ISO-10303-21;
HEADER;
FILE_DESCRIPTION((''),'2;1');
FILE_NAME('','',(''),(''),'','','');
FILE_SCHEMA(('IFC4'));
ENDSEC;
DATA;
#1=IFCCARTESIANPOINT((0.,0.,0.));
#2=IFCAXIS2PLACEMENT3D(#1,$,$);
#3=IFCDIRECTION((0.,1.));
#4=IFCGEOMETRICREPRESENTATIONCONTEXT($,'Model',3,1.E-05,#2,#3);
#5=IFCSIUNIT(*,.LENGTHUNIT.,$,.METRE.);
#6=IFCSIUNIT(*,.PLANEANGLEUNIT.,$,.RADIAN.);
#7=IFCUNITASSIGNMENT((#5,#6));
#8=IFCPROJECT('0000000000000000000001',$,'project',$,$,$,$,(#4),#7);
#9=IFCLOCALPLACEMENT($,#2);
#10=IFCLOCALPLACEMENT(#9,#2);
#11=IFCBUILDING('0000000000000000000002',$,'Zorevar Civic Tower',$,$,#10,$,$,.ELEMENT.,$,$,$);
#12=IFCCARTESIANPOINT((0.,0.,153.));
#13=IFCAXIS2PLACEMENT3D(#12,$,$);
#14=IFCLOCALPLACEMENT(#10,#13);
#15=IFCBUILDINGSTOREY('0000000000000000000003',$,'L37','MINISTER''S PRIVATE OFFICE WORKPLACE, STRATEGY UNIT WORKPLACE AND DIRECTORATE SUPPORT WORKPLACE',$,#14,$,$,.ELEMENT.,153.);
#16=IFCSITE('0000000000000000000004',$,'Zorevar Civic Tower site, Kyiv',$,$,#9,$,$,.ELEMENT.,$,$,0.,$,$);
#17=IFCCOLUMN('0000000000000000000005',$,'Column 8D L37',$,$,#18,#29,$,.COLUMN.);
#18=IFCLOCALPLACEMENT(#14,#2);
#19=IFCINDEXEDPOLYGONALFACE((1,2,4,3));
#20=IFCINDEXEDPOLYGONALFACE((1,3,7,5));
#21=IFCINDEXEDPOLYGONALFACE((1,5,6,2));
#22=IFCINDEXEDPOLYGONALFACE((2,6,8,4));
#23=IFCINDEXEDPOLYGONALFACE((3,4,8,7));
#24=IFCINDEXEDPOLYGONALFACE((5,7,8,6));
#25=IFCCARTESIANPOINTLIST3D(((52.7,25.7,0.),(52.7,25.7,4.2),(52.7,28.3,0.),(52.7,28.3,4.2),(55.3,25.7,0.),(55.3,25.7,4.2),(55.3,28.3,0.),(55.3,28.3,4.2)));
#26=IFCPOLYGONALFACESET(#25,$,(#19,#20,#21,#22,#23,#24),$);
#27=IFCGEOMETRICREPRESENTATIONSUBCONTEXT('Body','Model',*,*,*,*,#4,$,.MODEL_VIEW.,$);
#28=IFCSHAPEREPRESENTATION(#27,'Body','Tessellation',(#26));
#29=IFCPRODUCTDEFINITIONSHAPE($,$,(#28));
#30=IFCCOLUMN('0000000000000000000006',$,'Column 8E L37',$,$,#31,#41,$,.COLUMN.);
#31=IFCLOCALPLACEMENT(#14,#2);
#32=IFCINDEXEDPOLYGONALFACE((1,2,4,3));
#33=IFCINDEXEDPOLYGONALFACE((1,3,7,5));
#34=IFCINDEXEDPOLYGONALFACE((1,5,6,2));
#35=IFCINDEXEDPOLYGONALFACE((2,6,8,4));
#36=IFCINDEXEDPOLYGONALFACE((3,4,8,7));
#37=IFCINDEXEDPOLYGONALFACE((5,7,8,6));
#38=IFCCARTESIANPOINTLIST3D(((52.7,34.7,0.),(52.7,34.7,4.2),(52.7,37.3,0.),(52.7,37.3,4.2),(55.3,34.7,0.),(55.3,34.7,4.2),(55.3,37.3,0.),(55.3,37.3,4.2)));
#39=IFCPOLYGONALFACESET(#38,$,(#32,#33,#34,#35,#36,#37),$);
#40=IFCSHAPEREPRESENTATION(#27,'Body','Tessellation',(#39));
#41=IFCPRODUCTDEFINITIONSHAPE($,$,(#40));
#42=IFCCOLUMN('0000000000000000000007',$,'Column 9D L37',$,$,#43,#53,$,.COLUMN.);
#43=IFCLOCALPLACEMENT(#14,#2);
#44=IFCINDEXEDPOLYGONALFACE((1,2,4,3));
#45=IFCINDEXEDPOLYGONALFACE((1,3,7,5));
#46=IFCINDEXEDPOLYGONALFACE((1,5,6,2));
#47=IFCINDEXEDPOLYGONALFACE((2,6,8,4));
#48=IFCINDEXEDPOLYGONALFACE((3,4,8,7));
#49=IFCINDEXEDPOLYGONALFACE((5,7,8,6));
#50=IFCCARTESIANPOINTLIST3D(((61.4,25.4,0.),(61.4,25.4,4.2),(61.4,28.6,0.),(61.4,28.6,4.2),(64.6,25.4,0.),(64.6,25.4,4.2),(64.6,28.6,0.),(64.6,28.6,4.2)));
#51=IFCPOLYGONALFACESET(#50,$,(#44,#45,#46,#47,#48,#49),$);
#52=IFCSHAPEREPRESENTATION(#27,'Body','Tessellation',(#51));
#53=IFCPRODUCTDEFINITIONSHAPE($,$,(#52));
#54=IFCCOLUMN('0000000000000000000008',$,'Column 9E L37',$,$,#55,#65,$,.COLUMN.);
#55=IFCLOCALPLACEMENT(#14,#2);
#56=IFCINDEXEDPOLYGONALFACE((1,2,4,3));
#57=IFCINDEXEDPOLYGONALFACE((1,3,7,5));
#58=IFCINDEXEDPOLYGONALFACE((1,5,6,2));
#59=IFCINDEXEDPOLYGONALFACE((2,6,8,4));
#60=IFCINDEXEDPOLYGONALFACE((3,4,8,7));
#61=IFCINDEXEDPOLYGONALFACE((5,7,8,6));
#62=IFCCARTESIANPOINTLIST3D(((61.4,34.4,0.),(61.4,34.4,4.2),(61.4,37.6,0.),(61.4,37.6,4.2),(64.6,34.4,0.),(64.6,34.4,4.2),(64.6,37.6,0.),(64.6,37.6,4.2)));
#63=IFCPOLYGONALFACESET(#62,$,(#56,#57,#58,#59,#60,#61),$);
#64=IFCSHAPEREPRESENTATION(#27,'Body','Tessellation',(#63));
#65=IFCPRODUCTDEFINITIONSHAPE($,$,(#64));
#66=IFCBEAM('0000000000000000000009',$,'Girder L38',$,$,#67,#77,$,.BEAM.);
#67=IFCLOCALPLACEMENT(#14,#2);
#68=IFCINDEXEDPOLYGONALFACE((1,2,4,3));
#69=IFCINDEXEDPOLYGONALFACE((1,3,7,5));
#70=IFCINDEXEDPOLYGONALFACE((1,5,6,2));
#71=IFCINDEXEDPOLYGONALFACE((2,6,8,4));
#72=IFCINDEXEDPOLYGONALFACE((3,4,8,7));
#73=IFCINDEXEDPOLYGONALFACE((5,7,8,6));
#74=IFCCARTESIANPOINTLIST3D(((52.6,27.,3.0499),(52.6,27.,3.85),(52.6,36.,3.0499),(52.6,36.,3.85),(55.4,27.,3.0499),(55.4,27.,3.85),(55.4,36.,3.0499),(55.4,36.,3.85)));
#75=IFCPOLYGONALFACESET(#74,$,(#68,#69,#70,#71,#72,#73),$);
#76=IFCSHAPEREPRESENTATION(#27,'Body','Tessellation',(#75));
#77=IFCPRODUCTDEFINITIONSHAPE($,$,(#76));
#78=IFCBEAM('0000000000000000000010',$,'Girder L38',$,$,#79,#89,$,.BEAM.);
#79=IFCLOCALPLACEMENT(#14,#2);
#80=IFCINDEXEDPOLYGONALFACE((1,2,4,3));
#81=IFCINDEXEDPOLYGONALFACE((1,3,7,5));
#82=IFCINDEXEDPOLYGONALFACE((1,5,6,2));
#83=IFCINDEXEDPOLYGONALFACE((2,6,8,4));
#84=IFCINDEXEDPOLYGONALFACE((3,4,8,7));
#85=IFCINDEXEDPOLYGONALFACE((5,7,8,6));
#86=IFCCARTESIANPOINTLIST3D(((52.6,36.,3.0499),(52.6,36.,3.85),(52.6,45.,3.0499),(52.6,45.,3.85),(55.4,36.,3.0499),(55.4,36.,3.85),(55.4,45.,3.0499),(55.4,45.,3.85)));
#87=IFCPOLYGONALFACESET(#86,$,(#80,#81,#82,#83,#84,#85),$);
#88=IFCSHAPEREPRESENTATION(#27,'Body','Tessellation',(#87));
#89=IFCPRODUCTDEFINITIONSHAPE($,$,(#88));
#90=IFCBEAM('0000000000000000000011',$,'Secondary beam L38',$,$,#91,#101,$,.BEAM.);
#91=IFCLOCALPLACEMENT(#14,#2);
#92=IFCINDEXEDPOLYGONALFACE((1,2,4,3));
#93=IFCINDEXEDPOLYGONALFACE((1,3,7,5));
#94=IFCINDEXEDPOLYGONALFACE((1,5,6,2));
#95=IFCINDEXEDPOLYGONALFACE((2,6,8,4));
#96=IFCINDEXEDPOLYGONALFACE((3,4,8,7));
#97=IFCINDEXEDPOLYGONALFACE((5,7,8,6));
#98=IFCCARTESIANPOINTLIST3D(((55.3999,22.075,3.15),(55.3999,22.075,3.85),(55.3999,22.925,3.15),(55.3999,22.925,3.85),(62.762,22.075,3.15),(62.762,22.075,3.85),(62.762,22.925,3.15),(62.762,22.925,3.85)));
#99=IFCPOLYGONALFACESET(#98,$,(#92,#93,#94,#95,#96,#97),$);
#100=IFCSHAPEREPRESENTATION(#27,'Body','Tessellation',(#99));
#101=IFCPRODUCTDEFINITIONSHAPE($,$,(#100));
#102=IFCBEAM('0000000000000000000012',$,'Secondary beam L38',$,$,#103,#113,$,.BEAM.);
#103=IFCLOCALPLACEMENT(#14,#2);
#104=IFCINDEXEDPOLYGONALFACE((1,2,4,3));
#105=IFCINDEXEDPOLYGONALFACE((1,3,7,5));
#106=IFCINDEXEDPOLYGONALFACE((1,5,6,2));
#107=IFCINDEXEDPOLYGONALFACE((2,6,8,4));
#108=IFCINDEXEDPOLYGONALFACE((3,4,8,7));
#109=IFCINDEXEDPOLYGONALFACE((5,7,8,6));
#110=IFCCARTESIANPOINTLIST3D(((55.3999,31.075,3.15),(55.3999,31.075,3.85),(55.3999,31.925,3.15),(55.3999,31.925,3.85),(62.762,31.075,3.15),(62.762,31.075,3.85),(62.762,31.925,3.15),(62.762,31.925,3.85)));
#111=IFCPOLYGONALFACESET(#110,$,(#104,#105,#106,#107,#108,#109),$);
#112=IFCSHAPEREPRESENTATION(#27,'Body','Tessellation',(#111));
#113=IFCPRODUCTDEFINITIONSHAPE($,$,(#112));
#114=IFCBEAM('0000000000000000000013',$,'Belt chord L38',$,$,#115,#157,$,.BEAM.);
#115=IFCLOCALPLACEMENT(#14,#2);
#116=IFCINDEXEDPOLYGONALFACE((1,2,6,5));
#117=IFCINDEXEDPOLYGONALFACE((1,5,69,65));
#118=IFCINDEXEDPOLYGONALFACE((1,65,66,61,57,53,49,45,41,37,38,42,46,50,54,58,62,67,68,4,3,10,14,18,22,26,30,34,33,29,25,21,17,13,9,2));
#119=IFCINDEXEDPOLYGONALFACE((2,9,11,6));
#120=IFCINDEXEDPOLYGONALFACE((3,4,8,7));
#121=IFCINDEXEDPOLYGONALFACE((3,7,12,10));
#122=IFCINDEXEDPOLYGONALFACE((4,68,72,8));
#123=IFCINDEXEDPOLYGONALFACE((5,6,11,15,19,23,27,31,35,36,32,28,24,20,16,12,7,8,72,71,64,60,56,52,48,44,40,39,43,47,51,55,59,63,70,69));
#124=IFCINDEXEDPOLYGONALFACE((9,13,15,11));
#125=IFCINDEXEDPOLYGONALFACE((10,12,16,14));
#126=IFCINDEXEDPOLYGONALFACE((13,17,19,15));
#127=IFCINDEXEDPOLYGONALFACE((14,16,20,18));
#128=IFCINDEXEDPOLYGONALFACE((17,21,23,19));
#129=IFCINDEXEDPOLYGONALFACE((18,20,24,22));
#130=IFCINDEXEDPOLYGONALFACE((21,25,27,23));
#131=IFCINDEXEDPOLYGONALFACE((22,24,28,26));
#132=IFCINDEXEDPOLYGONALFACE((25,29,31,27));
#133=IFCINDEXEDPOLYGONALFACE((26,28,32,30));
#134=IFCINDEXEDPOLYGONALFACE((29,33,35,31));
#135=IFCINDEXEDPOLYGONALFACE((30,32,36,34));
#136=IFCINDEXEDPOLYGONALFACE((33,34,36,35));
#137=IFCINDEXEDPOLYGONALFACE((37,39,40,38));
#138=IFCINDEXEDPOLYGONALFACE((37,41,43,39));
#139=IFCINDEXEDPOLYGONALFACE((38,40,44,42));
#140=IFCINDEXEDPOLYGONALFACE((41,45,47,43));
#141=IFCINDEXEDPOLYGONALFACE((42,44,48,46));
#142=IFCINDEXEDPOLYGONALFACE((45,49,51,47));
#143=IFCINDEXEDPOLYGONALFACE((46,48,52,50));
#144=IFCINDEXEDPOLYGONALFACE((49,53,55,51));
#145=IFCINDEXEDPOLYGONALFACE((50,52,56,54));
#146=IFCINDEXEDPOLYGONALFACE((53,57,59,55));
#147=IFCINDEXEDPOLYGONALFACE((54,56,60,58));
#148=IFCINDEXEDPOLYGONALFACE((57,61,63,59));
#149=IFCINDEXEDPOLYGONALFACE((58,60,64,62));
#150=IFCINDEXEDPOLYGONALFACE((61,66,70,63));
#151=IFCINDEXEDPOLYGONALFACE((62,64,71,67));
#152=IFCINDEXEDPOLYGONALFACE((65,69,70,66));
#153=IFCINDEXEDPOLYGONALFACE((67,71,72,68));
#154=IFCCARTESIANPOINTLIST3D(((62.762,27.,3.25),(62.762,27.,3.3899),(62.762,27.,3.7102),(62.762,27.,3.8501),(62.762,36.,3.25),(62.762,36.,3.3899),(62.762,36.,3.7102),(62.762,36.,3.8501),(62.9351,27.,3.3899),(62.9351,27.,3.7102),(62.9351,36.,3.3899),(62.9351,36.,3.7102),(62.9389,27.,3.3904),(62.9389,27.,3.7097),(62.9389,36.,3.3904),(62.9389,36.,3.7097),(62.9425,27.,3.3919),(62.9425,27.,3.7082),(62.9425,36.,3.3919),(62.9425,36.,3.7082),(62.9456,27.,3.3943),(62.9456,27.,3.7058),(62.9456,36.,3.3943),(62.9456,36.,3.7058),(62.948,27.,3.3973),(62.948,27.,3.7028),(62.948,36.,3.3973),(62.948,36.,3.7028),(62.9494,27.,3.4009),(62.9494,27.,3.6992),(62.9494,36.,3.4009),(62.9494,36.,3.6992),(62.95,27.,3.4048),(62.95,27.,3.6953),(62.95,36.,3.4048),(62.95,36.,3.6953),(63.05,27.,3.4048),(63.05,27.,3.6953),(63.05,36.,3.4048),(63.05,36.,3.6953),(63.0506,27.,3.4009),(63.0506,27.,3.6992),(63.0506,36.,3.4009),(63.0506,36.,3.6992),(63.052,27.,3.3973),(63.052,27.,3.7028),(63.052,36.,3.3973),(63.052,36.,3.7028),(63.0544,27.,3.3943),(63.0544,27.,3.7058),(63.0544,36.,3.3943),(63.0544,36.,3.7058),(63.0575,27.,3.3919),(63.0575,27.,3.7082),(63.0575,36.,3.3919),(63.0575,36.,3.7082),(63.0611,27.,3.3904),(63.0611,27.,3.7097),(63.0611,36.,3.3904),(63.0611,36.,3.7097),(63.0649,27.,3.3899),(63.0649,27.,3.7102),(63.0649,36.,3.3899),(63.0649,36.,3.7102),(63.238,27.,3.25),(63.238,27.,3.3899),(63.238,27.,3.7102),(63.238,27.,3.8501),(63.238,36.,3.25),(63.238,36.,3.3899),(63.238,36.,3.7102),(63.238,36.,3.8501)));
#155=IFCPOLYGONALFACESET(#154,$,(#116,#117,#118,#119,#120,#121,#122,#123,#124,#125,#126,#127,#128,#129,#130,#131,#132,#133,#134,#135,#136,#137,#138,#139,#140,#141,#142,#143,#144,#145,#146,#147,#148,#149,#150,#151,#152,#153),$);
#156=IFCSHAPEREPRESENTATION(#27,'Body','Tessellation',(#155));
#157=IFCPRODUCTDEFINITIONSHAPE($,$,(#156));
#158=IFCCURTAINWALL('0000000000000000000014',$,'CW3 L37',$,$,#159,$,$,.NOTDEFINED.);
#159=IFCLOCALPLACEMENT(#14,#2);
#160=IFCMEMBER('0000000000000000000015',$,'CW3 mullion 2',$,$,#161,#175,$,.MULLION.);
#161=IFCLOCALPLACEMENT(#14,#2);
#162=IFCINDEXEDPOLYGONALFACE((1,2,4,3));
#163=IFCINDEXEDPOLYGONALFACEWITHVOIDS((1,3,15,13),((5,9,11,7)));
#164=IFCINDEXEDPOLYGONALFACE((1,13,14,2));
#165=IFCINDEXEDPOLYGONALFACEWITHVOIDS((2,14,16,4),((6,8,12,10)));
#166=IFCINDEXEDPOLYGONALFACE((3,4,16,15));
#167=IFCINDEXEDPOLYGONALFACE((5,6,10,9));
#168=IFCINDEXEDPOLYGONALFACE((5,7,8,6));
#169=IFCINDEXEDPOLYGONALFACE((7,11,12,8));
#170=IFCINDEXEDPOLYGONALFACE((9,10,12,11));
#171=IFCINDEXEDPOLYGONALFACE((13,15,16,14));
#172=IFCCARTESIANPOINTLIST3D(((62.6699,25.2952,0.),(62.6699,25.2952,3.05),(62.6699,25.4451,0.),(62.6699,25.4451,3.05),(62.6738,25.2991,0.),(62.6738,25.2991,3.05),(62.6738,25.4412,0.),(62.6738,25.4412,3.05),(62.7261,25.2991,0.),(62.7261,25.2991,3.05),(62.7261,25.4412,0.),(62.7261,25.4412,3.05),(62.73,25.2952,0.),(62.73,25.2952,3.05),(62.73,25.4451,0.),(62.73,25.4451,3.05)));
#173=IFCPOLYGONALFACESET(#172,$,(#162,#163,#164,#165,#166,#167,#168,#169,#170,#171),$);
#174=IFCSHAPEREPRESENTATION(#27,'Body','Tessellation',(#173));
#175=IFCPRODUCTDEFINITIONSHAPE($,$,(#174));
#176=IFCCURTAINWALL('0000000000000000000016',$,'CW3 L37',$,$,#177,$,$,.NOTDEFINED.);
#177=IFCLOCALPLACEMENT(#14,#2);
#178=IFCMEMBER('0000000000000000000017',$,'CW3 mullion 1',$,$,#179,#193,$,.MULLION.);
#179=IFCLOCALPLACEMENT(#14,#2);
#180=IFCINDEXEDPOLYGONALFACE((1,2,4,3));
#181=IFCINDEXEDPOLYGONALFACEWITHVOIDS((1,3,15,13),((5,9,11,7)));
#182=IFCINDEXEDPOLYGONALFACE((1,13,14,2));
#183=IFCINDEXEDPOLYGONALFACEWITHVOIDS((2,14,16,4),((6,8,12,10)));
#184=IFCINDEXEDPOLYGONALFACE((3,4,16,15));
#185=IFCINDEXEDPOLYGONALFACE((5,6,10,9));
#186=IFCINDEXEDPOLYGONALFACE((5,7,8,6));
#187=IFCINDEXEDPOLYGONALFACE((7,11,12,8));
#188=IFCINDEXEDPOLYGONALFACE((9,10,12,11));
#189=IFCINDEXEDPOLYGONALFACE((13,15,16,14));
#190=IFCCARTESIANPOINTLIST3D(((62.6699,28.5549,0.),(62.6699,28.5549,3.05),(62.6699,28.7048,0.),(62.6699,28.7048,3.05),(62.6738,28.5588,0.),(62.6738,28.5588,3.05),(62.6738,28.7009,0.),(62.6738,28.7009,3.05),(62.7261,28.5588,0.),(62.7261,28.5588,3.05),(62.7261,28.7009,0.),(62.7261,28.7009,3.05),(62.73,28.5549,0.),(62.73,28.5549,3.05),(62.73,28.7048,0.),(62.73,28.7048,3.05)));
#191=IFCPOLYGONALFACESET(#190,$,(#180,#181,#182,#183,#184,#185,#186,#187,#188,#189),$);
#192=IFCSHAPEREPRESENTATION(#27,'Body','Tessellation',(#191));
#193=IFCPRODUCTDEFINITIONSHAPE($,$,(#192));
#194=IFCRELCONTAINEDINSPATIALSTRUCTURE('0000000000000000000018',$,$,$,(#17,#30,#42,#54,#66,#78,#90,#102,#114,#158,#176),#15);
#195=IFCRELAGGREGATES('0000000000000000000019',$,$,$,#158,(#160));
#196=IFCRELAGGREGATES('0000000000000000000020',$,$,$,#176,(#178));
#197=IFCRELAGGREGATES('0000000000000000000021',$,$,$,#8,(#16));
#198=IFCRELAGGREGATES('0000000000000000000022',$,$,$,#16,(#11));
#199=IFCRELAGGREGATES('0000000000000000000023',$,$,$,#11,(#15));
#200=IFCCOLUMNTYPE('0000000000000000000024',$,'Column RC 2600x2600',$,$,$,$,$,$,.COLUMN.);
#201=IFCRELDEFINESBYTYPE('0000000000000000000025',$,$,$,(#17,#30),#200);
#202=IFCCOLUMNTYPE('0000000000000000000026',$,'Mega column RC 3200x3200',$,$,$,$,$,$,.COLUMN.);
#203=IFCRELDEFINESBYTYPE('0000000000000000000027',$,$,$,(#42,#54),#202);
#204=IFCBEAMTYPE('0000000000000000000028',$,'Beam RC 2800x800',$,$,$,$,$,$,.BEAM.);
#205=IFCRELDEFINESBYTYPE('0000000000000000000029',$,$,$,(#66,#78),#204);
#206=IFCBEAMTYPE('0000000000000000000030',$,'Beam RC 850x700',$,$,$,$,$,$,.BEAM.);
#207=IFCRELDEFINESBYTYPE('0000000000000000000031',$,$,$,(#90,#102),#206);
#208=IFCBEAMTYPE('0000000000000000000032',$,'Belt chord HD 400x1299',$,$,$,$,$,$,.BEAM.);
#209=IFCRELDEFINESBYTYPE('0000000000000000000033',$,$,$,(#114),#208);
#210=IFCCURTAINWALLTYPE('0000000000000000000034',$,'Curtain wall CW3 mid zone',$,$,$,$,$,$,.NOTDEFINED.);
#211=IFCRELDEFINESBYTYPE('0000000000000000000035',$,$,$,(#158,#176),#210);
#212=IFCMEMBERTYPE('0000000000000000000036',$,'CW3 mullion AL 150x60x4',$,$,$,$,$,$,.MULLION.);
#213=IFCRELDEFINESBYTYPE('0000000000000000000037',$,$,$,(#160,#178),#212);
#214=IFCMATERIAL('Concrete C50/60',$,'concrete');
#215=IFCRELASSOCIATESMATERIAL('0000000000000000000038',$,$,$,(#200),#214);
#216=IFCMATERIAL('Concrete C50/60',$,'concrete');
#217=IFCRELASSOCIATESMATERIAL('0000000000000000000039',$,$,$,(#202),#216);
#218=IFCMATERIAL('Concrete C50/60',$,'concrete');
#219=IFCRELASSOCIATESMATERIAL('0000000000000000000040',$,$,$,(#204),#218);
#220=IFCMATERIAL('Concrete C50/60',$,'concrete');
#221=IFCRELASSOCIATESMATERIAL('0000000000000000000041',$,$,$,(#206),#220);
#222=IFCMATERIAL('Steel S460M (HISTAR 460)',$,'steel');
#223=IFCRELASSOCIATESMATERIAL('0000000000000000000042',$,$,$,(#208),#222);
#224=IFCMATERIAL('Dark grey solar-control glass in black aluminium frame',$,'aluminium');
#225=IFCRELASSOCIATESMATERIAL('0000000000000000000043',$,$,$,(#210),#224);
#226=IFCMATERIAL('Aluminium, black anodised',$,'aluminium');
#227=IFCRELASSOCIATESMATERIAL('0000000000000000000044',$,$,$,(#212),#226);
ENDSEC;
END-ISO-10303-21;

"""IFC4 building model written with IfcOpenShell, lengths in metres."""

from ifc_helpers import new_model, si_unit, direction, frame, origin, origin_2d, place, context, subcontext, project, spatial, rectangle, hollow_rectangle, i_section, extrude, material, material_profile, profile_set, type_object, element, aggregate, save


model = new_model("IFC4")

# Units and contexts
model_context = context("Model", 3, precision=1e-05, world=origin(), true_north=direction((0.0, 1.0)))
body_context = subcontext(model_context, "Body", "Model", "MODEL_VIEW")
ifc_project = project(units=[si_unit("LENGTHUNIT", "METRE"), si_unit("PLANEANGLEUNIT", "RADIAN")], contexts=[model_context])

# Site, building, storey
site_placement = place(None, origin())
site = spatial("IfcSite", under=ifc_project, at=site_placement, Name="Zorevar Civic Tower site, Kyiv", CompositionType="ELEMENT", RefElevation=0.0)
building_placement = place(site_placement, origin())
building = spatial("IfcBuilding", under=site, at=building_placement, Name="Zorevar Civic Tower", CompositionType="ELEMENT")
storey_placement = place(building_placement, frame((0.0, 0.0, 153.0)))
storey = spatial("IfcBuildingStorey", under=building, at=storey_placement, Name="L37", Description="MINISTER'S PRIVATE OFFICE WORKPLACE, STRATEGY UNIT WORKPLACE AND DIRECTORATE SUPPORT WORKPLACE", CompositionType="ELEMENT", Elevation=153.0)

# Columns
ifc_material_1 = material(Name="Concrete C50/60", Category="concrete")
ifc_material_profile_1 = material_profile(ifc_material_1, rectangle(XDim=2.6001, YDim=2.6001, at=origin_2d()), Name="RC 2600x2600")
ifc_profile_set_1 = profile_set([ifc_material_profile_1], Name="Concrete C50/60")
column_type_1 = type_object("IfcColumnType", Name="Column RC 2600x2600", PredefinedType="COLUMN", material=ifc_profile_set_1)
for number, where, z_axis, x_axis, name in (
    (1, (54.0, 27.0, 0.0), (0.0, 0.0, 1.0), (1.0, 0.0, 0.0), "Column 8D L37"),
    (2, (54.0, 36.0, 0.0), (0.0, 0.0, 1.0), (1.0, 0.0, 0.0), "Column 8E L37"),
):
    element("IfcColumn", number, at=place(storey_placement, frame(where, z_axis=z_axis, x_axis=x_axis)), inside=storey, type_object=column_type_1, Name=name, PredefinedType="COLUMN", context=body_context, shape_type="SweptSolid", body=[
        extrude(rectangle(XDim=2.6001, YDim=2.6001, at=origin_2d()), origin(), (0.0, 0.0, 1.0), 4.2),
    ])
ifc_material_2 = material(Name="Concrete C50/60", Category="concrete")
ifc_material_profile_2 = material_profile(ifc_material_2, rectangle(XDim=3.2, YDim=3.2, at=origin_2d()), Name="RC 3200x3200")
ifc_profile_set_2 = profile_set([ifc_material_profile_2], Name="Concrete C50/60")
column_type_2 = type_object("IfcColumnType", Name="Mega column RC 3200x3200", PredefinedType="COLUMN", material=ifc_profile_set_2)
for number, where, z_axis, x_axis, name in (
    (3, (63.0, 27.0, 0.0), (0.0, 0.0, 1.0), (1.0, 0.0, 0.0), "Column 9D L37"),
    (4, (63.0, 36.0, 0.0), (0.0, 0.0, 1.0), (1.0, 0.0, 0.0), "Column 9E L37"),
):
    element("IfcColumn", number, at=place(storey_placement, frame(where, z_axis=z_axis, x_axis=x_axis)), inside=storey, type_object=column_type_2, Name=name, PredefinedType="COLUMN", context=body_context, shape_type="SweptSolid", body=[
        extrude(rectangle(XDim=3.2, YDim=3.2, at=origin_2d()), origin(), (0.0, 0.0, 1.0), 4.2),
    ])

# Beams
ifc_material_3 = material(Name="Concrete C50/60", Category="concrete")
ifc_material_profile_3 = material_profile(ifc_material_3, rectangle(XDim=2.8, YDim=0.8, at=origin_2d()), Name="RC 2800x800")
ifc_profile_set_3 = profile_set([ifc_material_profile_3], Name="Concrete C50/60")
beam_type_1 = type_object("IfcBeamType", Name="Beam RC 2800x800", PredefinedType="BEAM", material=ifc_profile_set_3)
for number, where, z_axis, x_axis, name in (
    (5, (54.0, 27.0, 3.45), (0.0, 1.0, 0.0), (-1.0, 0.0, 0.0), "Girder L38"),
    (6, (54.0, 36.0, 3.45), (0.0, 1.0, 0.0), (-1.0, 0.0, 0.0), "Girder L38"),
):
    element("IfcBeam", number, at=place(storey_placement, frame(where, z_axis=z_axis, x_axis=x_axis)), inside=storey, type_object=beam_type_1, Name=name, PredefinedType="BEAM", context=body_context, shape_type="SweptSolid", body=[
        extrude(rectangle(XDim=2.8, YDim=0.8, at=origin_2d()), origin(), (0.0, 0.0, 1.0), 9.0),
    ])
ifc_material_4 = material(Name="Concrete C50/60", Category="concrete")
ifc_material_profile_4 = material_profile(ifc_material_4, rectangle(XDim=0.8501, YDim=0.7, at=origin_2d()), Name="RC 850x700")
ifc_profile_set_4 = profile_set([ifc_material_profile_4], Name="Concrete C50/60")
beam_type_2 = type_object("IfcBeamType", Name="Beam RC 850x700", PredefinedType="BEAM", material=ifc_profile_set_4)
for number, where, z_axis, x_axis, name in (
    (7, (55.3999, 22.5, 3.5), (1.0, 0.0, 0.0), (0.0, 1.0, 0.0), "Secondary beam L38"),
    (8, (55.3999, 31.5, 3.5), (1.0, 0.0, 0.0), (0.0, 1.0, 0.0), "Secondary beam L38"),
):
    element("IfcBeam", number, at=place(storey_placement, frame(where, z_axis=z_axis, x_axis=x_axis)), inside=storey, type_object=beam_type_2, Name=name, PredefinedType="BEAM", context=body_context, shape_type="SweptSolid", body=[
        extrude(rectangle(XDim=0.8501, YDim=0.7, at=origin_2d()), origin(), (0.0, 0.0, 1.0), 7.3621),
    ])
ifc_material_5 = material(Name="Steel S460M (HISTAR 460)", Category="steel")
ifc_material_profile_5 = material_profile(ifc_material_5, i_section(OverallWidth=0.4761, OverallDepth=0.6001, WebThickness=0.1001, FlangeThickness=0.1399, FilletRadius=0.0149, at=origin_2d()), Name="HD 400x1299")
ifc_profile_set_5 = profile_set([ifc_material_profile_5], Name="Steel S460M (HISTAR 460)")
beam_type_3 = type_object("IfcBeamType", Name="Belt chord HD 400x1299", PredefinedType="BEAM", material=ifc_profile_set_5)
beam_1_placement = place(storey_placement, frame((63.0, 27.0, 3.55), z_axis=(0.0, 1.0, 0.0), x_axis=(-1.0, 0.0, 0.0)))
element("IfcBeam", 9, at=beam_1_placement, inside=storey, type_object=beam_type_3, Name="Belt chord L38", PredefinedType="BEAM", context=body_context, shape_type="SweptSolid", body=[
    extrude(i_section(OverallWidth=0.4761, OverallDepth=0.6001, WebThickness=0.1001, FlangeThickness=0.1399, FilletRadius=0.0149, at=origin_2d()), origin(), (0.0, 0.0, 1.0), 9.0),
])

# Curtain wall, member
ifc_material_6 = material(Name="Dark grey solar-control glass in black aluminium frame", Category="aluminium")
curtain_wall_type = type_object("IfcCurtainWallType", Name="Curtain wall CW3 mid zone", PredefinedType="NOTDEFINED", material=ifc_material_6)
curtain_wall_1_placement = place(storey_placement, origin())
curtain_wall_1 = element("IfcCurtainWall", 10, at=curtain_wall_1_placement, inside=storey, type_object=curtain_wall_type, Name="CW3 L37", PredefinedType="NOTDEFINED")
ifc_material_7 = material(Name="Aluminium, black anodised", Category="aluminium")
ifc_material_profile_6 = material_profile(ifc_material_7, hollow_rectangle(XDim=0.0601, YDim=0.1499, WallThickness=0.0039, at=origin_2d()), Name="AL 150x60x4")
ifc_profile_set_6 = profile_set([ifc_material_profile_6], Name="Aluminium, black anodised")
member_type_1 = type_object("IfcMemberType", Name="CW3 mullion AL 150x60x4", PredefinedType="MULLION", material=ifc_profile_set_6)
member_1_placement = place(storey_placement, frame((62.7, 25.3701, 0.0), z_axis=(0.0, 0.0, 1.0), x_axis=(-1.0, 0.0, 0.0)))
member_1 = element("IfcMember", 11, at=member_1_placement, type_object=member_type_1, Name="CW3 mullion 2", PredefinedType="MULLION", context=body_context, shape_type="SweptSolid", body=[
    extrude(hollow_rectangle(XDim=0.0601, YDim=0.1499, WallThickness=0.0039, at=origin_2d()), origin(), (0.0, 0.0, 1.0), 3.05),
])

# Curtain wall, member
curtain_wall_2_placement = place(storey_placement, origin())
curtain_wall_2 = element("IfcCurtainWall", 12, at=curtain_wall_2_placement, inside=storey, type_object=curtain_wall_type, Name="CW3 L37", PredefinedType="NOTDEFINED")
member_2_placement = place(storey_placement, frame((62.7, 28.6299, 0.0), z_axis=(0.0, 0.0, 1.0), x_axis=(-1.0, 0.0, 0.0)))
member_2 = element("IfcMember", 13, at=member_2_placement, type_object=member_type_1, Name="CW3 mullion 1", PredefinedType="MULLION", context=body_context, shape_type="SweptSolid", body=[
    extrude(hollow_rectangle(XDim=0.0601, YDim=0.1499, WallThickness=0.0039, at=origin_2d()), origin(), (0.0, 0.0, 1.0), 3.05),
])

aggregate(curtain_wall_1, [member_1])
aggregate(curtain_wall_2, [member_2])

save(model, "model.ifc")
